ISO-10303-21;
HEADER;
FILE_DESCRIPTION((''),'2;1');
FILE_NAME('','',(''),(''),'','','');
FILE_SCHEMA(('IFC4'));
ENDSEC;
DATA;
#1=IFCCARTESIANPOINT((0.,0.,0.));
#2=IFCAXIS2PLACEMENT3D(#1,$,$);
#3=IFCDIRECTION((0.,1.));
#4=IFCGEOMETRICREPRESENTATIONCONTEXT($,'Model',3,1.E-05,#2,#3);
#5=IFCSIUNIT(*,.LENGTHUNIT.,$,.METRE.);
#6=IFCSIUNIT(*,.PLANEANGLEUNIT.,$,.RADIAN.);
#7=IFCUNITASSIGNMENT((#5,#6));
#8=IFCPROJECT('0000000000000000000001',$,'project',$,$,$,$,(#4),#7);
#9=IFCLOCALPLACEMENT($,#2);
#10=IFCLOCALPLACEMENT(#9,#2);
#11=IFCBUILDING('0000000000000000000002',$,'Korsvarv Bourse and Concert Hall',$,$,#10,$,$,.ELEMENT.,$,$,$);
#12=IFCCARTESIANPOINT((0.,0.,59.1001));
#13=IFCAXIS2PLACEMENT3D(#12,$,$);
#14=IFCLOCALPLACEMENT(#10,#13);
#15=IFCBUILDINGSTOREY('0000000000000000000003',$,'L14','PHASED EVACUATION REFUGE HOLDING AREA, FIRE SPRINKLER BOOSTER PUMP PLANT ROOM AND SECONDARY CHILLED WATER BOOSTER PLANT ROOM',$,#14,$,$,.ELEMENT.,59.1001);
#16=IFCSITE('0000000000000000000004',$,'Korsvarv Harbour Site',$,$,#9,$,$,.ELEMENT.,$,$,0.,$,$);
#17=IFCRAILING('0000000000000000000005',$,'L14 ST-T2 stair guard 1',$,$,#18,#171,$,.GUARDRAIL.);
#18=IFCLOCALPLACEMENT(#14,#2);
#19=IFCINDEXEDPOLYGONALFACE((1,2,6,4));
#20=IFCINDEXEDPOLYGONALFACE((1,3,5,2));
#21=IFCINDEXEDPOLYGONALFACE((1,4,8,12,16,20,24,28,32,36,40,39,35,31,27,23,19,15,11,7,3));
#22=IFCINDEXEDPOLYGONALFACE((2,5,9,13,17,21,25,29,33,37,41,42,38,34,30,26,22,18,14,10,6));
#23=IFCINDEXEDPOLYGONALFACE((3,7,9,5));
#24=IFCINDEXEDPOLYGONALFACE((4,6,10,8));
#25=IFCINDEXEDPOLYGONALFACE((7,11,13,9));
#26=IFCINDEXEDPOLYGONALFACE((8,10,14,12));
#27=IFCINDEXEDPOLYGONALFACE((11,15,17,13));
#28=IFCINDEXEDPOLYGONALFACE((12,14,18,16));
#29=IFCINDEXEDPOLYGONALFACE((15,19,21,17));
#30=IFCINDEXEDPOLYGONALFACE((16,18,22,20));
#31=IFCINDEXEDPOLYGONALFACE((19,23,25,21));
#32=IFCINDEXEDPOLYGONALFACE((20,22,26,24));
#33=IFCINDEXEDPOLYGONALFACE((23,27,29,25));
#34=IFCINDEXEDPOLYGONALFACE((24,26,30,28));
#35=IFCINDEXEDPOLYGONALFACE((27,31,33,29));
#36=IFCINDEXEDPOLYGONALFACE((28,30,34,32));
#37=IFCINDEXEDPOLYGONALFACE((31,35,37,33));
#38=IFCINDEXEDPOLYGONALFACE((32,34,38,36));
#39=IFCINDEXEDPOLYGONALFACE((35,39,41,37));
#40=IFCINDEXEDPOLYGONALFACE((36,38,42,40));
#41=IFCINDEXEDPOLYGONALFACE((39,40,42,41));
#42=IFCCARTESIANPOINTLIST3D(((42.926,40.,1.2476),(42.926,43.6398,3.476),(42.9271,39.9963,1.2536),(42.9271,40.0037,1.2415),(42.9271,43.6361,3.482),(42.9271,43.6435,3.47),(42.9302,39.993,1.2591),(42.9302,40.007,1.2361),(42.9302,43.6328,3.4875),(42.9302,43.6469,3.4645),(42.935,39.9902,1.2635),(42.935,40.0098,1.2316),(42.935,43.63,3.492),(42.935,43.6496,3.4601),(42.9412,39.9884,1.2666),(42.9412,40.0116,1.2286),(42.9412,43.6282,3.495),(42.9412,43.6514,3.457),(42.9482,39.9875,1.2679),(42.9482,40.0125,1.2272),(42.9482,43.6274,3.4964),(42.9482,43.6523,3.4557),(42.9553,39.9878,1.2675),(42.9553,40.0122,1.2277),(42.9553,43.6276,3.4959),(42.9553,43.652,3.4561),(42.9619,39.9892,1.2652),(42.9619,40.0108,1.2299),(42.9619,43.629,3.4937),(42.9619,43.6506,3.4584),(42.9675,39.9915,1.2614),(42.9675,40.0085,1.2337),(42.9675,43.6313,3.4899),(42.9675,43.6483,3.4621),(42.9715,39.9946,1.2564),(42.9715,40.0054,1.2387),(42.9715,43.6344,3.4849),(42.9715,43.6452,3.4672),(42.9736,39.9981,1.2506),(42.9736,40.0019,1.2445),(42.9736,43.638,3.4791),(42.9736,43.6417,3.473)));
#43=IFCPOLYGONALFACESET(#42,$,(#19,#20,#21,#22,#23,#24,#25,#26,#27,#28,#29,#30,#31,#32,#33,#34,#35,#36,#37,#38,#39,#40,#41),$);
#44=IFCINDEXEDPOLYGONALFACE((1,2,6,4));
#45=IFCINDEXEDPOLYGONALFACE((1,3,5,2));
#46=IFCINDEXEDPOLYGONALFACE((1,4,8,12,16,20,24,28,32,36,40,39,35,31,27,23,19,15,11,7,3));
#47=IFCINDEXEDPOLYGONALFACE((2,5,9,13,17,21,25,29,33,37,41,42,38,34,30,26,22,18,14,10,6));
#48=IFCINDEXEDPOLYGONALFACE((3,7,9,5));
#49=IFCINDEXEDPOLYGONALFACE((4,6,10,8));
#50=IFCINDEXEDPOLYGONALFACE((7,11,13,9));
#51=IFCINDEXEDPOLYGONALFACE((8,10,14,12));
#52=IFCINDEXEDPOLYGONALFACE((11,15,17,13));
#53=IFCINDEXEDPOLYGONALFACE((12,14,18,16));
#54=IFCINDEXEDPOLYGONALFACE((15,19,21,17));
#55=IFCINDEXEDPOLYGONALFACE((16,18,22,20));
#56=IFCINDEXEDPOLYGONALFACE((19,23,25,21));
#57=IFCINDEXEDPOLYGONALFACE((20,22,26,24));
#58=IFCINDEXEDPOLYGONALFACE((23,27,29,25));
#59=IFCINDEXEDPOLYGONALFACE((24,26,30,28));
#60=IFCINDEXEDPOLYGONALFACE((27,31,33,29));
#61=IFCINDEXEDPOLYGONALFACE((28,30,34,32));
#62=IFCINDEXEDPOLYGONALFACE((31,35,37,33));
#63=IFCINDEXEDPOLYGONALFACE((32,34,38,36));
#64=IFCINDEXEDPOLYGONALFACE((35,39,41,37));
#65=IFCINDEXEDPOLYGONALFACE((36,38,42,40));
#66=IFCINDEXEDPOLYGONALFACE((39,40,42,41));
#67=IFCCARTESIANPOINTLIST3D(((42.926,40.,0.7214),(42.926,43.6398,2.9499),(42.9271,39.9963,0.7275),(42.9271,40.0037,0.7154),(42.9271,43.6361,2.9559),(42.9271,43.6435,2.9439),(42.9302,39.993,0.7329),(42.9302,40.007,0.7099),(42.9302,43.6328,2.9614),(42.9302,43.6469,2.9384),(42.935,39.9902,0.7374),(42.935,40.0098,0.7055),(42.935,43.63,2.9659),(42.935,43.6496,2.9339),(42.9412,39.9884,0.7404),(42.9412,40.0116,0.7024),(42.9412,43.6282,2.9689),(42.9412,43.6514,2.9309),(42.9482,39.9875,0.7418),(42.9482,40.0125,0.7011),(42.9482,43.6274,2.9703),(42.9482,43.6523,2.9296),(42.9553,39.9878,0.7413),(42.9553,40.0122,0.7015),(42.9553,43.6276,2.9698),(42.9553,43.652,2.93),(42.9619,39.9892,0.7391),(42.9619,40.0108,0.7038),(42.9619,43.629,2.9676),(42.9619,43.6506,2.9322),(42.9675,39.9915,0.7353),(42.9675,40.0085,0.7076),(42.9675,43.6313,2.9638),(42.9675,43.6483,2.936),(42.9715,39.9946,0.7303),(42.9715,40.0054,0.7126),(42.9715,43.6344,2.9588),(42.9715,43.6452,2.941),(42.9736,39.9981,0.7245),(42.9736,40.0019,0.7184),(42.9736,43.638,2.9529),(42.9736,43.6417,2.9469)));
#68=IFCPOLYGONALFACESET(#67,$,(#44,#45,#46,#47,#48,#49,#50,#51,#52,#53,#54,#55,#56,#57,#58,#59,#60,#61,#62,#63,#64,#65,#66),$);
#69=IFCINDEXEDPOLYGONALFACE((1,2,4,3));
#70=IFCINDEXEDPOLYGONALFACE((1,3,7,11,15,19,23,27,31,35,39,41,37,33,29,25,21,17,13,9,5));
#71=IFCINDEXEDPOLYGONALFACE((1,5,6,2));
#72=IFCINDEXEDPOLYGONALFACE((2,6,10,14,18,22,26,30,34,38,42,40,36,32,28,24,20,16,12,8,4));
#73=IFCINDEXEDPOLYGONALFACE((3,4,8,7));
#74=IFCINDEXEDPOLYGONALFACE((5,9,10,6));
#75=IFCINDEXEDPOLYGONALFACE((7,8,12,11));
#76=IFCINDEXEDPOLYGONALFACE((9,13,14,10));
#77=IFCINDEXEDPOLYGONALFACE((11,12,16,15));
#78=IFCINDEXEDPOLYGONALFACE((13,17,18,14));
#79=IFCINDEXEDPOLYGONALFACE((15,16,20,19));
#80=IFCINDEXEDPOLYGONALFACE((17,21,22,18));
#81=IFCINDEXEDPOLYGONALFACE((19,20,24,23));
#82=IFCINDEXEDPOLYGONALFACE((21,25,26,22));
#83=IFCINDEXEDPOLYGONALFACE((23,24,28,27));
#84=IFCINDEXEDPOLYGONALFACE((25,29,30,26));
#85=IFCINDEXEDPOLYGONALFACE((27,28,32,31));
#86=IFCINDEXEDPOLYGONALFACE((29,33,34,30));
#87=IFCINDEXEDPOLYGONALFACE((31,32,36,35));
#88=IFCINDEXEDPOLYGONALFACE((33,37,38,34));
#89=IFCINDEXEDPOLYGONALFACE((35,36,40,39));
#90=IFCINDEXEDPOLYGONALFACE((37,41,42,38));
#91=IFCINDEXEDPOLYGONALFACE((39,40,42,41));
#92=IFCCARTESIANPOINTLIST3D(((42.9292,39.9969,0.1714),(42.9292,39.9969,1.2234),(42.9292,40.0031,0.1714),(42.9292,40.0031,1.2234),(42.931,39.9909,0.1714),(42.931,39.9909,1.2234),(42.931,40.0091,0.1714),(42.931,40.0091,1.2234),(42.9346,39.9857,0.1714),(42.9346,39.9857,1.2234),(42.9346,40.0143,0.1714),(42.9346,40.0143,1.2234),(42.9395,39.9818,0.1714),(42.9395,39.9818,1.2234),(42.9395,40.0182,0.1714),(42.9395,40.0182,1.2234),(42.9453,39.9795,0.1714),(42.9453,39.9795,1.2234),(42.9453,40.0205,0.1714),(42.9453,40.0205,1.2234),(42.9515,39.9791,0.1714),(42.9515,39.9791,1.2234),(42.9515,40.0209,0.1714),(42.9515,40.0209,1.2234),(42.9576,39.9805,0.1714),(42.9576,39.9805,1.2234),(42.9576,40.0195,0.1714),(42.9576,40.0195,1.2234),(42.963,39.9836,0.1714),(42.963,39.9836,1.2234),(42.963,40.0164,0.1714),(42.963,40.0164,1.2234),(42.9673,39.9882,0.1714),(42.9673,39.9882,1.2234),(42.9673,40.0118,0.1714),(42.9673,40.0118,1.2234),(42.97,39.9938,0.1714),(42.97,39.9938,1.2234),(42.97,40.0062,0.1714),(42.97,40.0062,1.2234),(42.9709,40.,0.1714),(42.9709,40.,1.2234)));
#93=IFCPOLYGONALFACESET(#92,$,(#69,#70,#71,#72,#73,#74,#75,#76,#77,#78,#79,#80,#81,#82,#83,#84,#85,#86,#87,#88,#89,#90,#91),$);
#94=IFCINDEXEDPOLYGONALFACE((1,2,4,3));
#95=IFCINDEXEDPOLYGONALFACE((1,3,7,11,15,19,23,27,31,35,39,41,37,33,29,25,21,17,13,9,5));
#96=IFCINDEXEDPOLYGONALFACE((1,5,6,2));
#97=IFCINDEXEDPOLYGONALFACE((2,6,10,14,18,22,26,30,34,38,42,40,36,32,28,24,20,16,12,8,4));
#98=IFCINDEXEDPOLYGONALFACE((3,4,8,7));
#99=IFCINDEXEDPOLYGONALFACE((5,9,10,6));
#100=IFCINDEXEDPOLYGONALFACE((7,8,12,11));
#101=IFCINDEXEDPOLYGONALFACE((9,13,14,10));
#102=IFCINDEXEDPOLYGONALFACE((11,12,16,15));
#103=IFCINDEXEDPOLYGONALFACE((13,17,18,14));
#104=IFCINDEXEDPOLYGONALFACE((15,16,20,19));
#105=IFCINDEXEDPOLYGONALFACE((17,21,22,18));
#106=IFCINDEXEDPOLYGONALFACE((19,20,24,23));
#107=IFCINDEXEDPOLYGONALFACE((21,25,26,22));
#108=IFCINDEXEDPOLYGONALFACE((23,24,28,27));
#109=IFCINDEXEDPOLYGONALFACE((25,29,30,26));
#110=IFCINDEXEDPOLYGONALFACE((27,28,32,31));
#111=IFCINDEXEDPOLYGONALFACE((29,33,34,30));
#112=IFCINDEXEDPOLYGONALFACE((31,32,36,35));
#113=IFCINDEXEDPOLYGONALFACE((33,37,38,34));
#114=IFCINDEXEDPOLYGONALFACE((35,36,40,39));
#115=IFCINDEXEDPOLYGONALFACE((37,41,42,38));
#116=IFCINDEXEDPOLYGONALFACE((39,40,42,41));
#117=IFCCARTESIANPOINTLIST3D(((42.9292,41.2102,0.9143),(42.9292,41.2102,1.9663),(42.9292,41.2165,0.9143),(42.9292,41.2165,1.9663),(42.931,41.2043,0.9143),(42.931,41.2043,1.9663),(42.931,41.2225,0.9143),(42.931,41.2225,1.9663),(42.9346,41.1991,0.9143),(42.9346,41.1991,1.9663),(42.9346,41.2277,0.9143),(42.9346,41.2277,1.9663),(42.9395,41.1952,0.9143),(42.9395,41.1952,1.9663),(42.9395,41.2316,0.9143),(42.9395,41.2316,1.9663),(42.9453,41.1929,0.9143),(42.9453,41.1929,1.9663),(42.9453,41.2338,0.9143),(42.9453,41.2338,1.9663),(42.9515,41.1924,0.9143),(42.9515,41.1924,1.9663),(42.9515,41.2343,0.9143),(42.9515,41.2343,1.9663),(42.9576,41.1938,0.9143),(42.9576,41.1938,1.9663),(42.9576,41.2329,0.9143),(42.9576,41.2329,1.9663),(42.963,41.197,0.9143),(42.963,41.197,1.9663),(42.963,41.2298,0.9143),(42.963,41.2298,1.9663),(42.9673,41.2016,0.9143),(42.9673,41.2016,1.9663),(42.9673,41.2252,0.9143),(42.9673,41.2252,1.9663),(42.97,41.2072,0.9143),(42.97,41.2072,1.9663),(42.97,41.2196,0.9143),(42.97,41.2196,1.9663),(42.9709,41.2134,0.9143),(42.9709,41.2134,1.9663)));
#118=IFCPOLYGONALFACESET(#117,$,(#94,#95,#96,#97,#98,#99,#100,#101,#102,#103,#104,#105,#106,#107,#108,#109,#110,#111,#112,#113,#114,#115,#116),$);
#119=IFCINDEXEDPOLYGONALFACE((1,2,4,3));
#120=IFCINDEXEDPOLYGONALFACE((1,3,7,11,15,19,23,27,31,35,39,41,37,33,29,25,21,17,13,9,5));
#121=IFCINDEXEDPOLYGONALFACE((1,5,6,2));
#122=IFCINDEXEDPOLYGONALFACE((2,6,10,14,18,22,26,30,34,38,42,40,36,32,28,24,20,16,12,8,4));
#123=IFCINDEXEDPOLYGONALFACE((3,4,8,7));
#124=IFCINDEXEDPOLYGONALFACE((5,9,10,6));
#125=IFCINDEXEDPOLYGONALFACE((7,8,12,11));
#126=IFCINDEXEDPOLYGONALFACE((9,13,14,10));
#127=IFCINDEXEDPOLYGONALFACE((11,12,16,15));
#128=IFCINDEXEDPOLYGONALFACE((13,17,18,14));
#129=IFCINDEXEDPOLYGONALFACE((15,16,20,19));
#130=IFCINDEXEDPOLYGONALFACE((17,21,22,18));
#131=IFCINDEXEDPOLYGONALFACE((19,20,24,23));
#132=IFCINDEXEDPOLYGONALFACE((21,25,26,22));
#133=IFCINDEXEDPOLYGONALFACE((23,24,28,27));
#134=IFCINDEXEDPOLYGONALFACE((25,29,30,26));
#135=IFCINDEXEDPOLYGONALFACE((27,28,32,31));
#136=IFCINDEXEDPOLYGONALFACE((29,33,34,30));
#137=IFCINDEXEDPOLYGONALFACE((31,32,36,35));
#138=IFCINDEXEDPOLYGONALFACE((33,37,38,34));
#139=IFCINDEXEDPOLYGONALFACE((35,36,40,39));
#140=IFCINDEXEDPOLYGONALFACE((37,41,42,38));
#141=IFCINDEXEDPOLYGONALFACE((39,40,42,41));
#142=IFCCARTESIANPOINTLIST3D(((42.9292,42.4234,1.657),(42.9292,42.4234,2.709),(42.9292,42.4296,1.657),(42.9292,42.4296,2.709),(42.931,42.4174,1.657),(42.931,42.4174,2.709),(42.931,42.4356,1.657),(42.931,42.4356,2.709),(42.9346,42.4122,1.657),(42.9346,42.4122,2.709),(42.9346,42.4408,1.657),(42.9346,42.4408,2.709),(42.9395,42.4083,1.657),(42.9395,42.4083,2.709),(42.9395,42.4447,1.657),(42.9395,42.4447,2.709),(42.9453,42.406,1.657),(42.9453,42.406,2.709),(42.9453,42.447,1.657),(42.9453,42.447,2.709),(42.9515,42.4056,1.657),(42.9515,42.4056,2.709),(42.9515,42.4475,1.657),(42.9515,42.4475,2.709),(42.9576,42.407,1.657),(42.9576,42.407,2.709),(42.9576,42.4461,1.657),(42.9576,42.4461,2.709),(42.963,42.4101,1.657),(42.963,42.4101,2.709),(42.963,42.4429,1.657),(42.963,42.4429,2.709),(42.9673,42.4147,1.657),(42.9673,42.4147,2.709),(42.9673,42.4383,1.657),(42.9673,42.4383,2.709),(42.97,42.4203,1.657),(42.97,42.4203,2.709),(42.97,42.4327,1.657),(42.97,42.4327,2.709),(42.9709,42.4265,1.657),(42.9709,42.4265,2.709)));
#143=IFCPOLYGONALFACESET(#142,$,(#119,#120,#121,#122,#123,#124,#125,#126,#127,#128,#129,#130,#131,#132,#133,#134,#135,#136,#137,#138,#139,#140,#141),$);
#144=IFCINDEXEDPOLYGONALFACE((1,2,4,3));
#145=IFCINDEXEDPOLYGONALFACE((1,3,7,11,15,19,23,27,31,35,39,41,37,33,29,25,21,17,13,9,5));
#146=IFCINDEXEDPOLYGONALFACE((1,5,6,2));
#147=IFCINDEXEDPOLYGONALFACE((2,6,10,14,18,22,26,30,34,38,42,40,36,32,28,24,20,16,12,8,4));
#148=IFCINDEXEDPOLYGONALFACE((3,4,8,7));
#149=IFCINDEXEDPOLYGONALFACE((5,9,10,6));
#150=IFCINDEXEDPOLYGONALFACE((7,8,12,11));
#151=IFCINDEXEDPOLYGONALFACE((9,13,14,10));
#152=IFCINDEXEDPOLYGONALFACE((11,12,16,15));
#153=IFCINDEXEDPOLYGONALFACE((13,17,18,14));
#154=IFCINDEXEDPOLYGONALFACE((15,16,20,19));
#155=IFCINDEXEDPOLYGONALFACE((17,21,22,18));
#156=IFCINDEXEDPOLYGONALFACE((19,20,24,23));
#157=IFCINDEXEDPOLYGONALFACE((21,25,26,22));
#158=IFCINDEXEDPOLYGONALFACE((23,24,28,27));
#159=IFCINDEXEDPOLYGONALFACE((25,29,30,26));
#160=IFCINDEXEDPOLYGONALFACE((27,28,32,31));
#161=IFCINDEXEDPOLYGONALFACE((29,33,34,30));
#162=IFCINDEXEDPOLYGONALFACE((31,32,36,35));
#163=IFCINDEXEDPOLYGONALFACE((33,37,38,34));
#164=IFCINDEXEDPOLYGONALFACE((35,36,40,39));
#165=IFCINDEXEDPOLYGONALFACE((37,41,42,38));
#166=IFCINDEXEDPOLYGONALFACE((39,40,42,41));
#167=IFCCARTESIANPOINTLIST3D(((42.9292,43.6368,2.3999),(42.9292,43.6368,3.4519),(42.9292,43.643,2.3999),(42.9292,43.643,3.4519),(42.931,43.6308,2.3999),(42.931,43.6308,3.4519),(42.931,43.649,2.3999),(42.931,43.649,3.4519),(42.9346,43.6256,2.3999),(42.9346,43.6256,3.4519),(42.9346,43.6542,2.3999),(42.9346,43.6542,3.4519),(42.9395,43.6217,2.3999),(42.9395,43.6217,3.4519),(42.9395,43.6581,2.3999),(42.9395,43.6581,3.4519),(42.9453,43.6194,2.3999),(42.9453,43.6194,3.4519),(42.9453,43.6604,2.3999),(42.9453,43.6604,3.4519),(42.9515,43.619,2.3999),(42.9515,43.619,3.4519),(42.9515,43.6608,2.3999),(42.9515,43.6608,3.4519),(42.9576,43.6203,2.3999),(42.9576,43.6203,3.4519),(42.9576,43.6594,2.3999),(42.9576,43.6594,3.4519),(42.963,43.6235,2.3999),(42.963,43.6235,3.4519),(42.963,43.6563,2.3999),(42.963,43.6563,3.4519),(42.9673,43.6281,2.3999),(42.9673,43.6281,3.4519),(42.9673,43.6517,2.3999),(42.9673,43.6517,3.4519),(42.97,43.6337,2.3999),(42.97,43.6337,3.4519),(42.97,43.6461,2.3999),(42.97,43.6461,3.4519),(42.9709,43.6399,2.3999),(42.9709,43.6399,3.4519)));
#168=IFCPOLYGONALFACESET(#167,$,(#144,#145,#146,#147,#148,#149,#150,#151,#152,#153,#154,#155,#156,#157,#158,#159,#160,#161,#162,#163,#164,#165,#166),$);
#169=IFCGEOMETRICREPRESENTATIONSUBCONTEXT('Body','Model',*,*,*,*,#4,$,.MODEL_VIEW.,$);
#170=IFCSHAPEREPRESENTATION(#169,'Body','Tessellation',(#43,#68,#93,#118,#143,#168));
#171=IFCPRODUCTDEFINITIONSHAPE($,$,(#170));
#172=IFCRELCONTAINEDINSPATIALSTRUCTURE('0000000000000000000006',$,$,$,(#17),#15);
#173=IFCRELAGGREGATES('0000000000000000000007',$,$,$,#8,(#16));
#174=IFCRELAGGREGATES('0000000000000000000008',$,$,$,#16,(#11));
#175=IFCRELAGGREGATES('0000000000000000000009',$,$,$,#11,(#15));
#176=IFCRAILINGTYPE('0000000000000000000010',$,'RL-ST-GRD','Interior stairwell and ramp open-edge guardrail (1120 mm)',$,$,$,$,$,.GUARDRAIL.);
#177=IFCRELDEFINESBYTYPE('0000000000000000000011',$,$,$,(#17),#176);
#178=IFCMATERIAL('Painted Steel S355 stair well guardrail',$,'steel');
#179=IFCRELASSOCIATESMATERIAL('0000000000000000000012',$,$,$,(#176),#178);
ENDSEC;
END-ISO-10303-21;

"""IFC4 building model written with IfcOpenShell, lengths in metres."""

from ifc_helpers import new_model, si_unit, direction, frame, origin, origin_2d, place, context, subcontext, project, spatial, circle, extrude, material, type_object, element, save


model = new_model("IFC4")

# Units and contexts
model_context = context("Model", 3, precision=1e-05, world=origin(), true_north=direction((0.0, 1.0)))
body_context = subcontext(model_context, "Body", "Model", "MODEL_VIEW")
ifc_project = project(units=[si_unit("LENGTHUNIT", "METRE"), si_unit("PLANEANGLEUNIT", "RADIAN")], contexts=[model_context])

# Site, building, storey
site_placement = place(None, origin())
site = spatial("IfcSite", under=ifc_project, at=site_placement, Name="Korsvarv Harbour Site", CompositionType="ELEMENT", RefElevation=0.0)
building_placement = place(site_placement, origin())
building = spatial("IfcBuilding", under=site, at=building_placement, Name="Korsvarv Bourse and Concert Hall", CompositionType="ELEMENT")
storey_placement = place(building_placement, frame((0.0, 0.0, 59.1001)))
storey = spatial("IfcBuildingStorey", under=building, at=storey_placement, Name="L14", Description="PHASED EVACUATION REFUGE HOLDING AREA, FIRE SPRINKLER BOOSTER PUMP PLANT ROOM AND SECONDARY CHILLED WATER BOOSTER PLANT ROOM", CompositionType="ELEMENT", Elevation=59.1001)

# Railing
ifc_material_1 = material(Name="Painted Steel S355 stair well guardrail", Category="steel")
railing_type_1 = type_object("IfcRailingType", Name="RL-ST-GRD", Description="Interior stairwell and ramp open-edge guardrail (1120 mm)", PredefinedType="GUARDRAIL", material=ifc_material_1)
railing_1_placement = place(storey_placement, frame((42.95, 40.0, 0.1714)))
element("IfcRailing", 1, at=railing_1_placement, inside=storey, type_object=railing_type_1, Name="L14 ST-T2 stair guard 1", PredefinedType="GUARDRAIL", context=body_context, shape_type="SweptSolid", body=[
    extrude(circle(Radius=0.0239, at=origin_2d()), frame((0.0, 0.0, 1.0762), z_axis=(0.0, 0.85285, 0.522156), x_axis=(-1.0, 0.0, 0.0)), (0.0, 0.0, 1.0), 4.2678),
    extrude(circle(Radius=0.0239, at=origin_2d()), frame((0.0, 0.0, 0.55), z_axis=(0.0, 0.85285, 0.522156), x_axis=(-1.0, 0.0, 0.0)), (0.0, 0.0, 1.0), 4.2678),
    extrude(circle(Radius=0.021, at=origin_2d()), origin(), (0.0, 0.0, 1.0), 1.052),
    extrude(circle(Radius=0.021, at=origin_2d()), frame((0.0, 1.2134, 0.7429)), (0.0, 0.0, 1.0), 1.052),
    extrude(circle(Radius=0.021, at=origin_2d()), frame((0.0, 2.4265, 1.4856)), (0.0, 0.0, 1.0), 1.052),
    extrude(circle(Radius=0.021, at=origin_2d()), frame((0.0, 3.6399, 2.2285)), (0.0, 0.0, 1.0), 1.052),
])

save(model, "model.ifc")
